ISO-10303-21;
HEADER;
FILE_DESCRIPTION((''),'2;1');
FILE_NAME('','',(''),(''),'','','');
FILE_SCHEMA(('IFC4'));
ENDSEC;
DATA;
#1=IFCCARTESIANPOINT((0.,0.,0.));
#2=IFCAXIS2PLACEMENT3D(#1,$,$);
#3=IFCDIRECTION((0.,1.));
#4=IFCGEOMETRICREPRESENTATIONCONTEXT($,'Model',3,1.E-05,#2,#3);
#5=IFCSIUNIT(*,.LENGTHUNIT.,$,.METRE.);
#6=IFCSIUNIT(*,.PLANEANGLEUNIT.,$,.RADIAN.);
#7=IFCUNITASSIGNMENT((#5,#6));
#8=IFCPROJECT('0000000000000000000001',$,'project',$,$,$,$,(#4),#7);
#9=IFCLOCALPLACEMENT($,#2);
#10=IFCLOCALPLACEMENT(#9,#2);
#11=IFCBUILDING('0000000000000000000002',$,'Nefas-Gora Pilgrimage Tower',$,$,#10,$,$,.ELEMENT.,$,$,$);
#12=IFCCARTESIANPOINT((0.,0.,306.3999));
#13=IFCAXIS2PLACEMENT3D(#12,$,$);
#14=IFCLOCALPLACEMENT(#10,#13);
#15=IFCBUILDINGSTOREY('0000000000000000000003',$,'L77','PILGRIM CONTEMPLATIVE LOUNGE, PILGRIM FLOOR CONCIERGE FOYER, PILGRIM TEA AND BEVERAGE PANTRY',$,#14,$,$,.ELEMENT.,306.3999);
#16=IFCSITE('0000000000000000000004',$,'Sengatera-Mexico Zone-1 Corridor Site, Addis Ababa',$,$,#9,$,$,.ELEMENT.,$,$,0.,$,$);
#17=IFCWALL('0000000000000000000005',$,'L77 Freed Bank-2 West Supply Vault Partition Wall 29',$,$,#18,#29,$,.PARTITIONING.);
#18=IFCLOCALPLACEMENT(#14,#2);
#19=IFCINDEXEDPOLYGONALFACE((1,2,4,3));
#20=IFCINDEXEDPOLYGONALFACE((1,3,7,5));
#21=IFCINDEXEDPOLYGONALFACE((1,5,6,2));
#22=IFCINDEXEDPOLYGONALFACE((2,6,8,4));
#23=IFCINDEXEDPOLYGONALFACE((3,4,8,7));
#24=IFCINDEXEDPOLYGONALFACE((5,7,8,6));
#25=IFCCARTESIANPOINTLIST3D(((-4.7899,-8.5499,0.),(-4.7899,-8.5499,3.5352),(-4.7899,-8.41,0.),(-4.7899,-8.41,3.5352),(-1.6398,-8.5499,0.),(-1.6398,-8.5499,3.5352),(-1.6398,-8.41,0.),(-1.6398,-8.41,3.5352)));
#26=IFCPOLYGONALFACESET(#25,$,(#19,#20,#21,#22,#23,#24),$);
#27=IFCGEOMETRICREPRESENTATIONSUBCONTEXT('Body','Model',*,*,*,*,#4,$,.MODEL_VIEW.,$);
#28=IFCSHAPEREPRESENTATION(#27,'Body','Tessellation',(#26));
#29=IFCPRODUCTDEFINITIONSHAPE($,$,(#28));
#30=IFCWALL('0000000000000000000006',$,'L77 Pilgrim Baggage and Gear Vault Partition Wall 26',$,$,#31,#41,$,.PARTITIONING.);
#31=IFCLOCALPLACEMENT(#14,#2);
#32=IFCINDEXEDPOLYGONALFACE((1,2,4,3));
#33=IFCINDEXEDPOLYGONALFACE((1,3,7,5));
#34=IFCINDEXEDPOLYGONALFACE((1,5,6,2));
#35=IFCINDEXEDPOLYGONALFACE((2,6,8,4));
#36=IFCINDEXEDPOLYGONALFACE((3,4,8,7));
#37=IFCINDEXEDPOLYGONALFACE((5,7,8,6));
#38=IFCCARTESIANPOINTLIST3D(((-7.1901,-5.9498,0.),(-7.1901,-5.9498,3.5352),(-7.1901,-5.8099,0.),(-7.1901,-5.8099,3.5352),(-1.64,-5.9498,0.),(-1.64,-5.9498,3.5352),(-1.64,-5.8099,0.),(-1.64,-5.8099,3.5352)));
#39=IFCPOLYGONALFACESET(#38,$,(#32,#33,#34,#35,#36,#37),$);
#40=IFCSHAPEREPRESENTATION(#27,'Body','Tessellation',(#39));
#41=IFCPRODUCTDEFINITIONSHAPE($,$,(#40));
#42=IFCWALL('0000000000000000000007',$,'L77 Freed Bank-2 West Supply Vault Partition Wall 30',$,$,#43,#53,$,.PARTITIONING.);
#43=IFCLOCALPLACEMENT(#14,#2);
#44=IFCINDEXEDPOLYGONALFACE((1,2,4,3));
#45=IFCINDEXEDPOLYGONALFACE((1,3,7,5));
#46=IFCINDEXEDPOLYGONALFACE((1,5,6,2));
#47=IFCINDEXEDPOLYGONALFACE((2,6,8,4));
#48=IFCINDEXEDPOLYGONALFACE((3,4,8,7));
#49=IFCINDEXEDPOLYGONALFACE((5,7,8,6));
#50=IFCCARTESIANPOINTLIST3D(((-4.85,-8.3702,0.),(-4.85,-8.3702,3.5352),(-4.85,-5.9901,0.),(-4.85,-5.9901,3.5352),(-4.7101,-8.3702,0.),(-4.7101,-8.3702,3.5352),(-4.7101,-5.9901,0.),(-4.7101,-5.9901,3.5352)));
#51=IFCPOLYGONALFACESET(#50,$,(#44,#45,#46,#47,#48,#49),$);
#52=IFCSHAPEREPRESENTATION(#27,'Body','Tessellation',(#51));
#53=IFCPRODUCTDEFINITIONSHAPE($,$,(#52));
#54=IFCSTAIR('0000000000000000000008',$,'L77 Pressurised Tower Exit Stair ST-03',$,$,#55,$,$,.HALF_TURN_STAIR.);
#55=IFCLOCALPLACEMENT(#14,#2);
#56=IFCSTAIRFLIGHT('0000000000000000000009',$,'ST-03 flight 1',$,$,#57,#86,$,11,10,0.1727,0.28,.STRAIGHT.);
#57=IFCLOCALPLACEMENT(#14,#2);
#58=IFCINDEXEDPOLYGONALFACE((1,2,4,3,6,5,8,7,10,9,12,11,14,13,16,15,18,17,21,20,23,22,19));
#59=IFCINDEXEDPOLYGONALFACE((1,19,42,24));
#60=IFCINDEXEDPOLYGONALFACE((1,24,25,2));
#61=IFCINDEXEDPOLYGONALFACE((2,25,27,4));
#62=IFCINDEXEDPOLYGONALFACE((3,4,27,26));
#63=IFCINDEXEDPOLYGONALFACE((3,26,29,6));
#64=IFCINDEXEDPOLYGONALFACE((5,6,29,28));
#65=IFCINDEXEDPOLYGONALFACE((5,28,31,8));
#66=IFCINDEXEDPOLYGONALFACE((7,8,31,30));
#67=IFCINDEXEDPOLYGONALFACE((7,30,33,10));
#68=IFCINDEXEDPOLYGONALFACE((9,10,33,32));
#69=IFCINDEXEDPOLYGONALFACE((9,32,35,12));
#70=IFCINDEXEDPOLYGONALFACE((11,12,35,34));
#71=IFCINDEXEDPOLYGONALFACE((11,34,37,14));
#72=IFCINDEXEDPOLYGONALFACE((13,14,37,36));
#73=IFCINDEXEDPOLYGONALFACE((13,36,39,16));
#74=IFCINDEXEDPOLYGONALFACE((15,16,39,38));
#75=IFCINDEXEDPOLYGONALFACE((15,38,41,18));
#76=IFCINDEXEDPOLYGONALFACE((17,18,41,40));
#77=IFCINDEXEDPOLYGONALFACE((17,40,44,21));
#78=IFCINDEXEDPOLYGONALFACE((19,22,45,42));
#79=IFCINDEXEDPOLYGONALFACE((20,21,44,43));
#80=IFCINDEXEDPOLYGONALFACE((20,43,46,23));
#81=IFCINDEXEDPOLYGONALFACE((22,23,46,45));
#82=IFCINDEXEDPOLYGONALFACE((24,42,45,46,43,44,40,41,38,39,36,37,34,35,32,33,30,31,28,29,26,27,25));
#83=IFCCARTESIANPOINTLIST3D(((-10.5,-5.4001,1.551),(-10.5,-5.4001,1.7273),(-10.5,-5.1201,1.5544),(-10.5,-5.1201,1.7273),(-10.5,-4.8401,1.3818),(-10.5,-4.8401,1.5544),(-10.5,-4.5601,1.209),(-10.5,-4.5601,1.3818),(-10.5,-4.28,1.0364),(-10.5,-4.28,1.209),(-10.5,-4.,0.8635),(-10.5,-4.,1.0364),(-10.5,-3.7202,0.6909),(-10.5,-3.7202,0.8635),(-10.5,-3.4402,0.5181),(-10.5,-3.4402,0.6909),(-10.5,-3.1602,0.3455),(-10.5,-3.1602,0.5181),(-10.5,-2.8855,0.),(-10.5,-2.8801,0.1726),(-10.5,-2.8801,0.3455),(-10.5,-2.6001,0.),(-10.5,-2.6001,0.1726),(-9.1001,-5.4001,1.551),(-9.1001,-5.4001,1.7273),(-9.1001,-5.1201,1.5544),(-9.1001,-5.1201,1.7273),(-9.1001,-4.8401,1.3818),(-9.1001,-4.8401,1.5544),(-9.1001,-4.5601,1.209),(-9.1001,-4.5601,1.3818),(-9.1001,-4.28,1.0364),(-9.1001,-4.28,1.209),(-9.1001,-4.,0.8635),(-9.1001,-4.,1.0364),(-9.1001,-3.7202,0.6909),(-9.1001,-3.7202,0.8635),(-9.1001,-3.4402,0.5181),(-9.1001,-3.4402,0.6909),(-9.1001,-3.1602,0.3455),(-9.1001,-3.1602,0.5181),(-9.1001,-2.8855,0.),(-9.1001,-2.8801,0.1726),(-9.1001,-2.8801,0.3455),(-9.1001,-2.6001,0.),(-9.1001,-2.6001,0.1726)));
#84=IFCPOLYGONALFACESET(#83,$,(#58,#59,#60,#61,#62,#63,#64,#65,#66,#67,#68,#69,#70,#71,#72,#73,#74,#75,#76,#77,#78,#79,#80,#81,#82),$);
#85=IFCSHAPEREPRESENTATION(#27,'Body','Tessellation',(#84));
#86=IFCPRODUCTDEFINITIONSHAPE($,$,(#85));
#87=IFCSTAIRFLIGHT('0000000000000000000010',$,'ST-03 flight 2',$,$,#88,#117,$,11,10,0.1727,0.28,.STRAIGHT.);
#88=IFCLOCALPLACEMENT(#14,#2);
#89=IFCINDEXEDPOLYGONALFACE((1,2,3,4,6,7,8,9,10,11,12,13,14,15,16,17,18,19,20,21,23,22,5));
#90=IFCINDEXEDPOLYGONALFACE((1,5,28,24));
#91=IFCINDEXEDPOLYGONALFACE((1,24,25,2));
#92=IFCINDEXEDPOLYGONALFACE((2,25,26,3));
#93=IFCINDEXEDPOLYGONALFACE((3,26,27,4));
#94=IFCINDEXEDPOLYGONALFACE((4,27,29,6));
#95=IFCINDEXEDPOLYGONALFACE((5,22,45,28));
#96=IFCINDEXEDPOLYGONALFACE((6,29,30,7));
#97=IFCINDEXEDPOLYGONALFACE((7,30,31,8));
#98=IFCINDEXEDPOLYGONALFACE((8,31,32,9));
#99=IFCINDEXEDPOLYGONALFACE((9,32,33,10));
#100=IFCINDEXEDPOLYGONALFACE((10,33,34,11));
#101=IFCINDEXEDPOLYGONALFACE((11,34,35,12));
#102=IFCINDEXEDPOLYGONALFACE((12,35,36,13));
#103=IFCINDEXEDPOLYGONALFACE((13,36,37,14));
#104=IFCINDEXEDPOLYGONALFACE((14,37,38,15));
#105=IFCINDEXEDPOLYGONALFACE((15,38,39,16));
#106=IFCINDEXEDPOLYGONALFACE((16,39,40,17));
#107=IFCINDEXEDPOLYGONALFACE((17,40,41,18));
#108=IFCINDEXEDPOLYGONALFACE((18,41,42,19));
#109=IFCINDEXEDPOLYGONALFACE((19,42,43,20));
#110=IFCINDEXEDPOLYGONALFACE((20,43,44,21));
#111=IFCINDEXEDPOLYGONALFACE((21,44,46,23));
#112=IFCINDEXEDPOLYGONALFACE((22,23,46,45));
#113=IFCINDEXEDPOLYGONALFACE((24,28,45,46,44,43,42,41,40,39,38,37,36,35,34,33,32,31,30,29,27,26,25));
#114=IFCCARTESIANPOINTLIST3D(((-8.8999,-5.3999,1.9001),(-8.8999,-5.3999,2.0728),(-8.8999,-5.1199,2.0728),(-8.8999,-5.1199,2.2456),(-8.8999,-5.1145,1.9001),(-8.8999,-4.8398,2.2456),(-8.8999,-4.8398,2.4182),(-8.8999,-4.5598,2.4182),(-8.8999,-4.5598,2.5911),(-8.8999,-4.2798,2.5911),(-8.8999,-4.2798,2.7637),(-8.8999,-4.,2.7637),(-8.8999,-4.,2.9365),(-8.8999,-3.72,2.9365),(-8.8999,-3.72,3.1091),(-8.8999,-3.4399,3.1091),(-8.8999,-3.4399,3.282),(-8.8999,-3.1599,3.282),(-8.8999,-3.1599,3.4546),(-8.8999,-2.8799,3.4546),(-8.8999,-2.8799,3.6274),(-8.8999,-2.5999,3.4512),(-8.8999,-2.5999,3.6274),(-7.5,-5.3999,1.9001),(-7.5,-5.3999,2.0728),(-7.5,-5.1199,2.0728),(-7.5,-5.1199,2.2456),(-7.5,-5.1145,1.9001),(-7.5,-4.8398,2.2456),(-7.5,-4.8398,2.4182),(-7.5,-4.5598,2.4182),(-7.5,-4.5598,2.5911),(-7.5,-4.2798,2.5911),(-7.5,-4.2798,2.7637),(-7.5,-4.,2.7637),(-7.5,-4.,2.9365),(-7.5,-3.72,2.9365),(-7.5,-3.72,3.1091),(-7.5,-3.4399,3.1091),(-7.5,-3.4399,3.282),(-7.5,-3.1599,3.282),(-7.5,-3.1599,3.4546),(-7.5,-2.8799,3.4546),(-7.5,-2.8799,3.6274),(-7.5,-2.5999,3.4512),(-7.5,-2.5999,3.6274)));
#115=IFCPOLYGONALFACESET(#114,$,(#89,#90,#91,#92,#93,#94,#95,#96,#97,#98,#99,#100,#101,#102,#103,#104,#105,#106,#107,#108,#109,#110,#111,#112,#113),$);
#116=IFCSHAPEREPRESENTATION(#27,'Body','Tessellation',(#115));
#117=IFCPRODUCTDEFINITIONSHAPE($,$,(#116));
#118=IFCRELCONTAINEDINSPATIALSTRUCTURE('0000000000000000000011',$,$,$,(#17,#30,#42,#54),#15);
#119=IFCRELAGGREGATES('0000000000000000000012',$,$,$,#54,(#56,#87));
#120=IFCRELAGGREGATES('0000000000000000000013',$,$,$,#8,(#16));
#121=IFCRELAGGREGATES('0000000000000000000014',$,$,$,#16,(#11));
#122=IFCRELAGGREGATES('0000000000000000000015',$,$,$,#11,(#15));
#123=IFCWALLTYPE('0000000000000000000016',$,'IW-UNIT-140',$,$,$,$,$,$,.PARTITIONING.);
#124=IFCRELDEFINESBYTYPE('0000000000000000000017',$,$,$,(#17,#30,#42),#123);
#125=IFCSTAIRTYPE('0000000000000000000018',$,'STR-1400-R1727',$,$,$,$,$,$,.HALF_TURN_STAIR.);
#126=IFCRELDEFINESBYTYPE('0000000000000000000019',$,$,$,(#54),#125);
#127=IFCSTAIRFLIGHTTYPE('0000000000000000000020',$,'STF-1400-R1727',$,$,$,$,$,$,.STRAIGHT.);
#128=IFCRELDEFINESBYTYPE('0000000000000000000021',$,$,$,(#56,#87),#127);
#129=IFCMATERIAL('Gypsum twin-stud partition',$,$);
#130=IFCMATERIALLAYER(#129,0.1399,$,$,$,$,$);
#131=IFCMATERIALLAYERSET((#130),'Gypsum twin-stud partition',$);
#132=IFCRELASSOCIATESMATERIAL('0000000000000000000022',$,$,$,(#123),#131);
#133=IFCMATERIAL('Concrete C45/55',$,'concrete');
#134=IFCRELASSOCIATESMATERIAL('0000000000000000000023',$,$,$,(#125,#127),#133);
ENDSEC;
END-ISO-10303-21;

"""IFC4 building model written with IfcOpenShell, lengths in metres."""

from ifc_helpers import new_model, si_unit, direction, frame, frame_2d, origin, place, context, subcontext, project, spatial, polyline, rectangle, outline, extrude, source, transform, mapped, material, layer, layer_set, type_object, element, aggregate, save


model = new_model("IFC4")

# Units and contexts
model_context = context("Model", 3, precision=1e-05, world=origin(), true_north=direction((0.0, 1.0)))
body_context = subcontext(model_context, "Body", "Model", "MODEL_VIEW")
ifc_project = project(units=[si_unit("LENGTHUNIT", "METRE"), si_unit("PLANEANGLEUNIT", "RADIAN")], contexts=[model_context])

# Site, building, storey
site_placement = place(None, origin())
site = spatial("IfcSite", under=ifc_project, at=site_placement, Name="Sengatera-Mexico Zone-1 Corridor Site, Addis Ababa", CompositionType="ELEMENT", RefElevation=0.0)
building_placement = place(site_placement, origin())
building = spatial("IfcBuilding", under=site, at=building_placement, Name="Nefas-Gora Pilgrimage Tower", CompositionType="ELEMENT")
storey_placement = place(building_placement, frame((0.0, 0.0, 306.3999)))
storey = spatial("IfcBuildingStorey", under=building, at=storey_placement, Name="L77", Description="PILGRIM CONTEMPLATIVE LOUNGE, PILGRIM FLOOR CONCIERGE FOYER, PILGRIM TEA AND BEVERAGE PANTRY", CompositionType="ELEMENT", Elevation=306.3999)

# Shared definitions
ifc_material_1 = material(Name="Concrete C45/55", Category="concrete")

# Walls
ifc_material_2 = material(Name="Gypsum twin-stud partition")
ifc_layer_1 = layer(ifc_material_2, 0.1399)
ifc_layer_set_1 = layer_set([ifc_layer_1], Name="Gypsum twin-stud partition")
wall_type_1 = type_object("IfcWallType", Name="IW-UNIT-140", PredefinedType="PARTITIONING", material=ifc_layer_set_1)
shared_shape_1 = source(origin(), body_context, "Body", "SweptSolid", [
    extrude(rectangle(XDim=3.1501, YDim=0.1399, at=frame_2d((1.5752, 0.0))), origin(), (0.0, 0.0, 1.0), 3.5352),
])
wall_1_placement = place(storey_placement, frame((-4.79, -8.48, 0.0), z_axis=(0.0, 0.0, 1.0), x_axis=(1.0, 0.0, 0.0)))
element("IfcWall", 1, at=wall_1_placement, inside=storey, type_object=wall_type_1, Name="L77 Freed Bank-2 West Supply Vault Partition Wall 29", PredefinedType="PARTITIONING", context=body_context, shape_type="MappedRepresentation", body=[
    mapped(shared_shape_1, transform((0.0, 0.0, 0.0), x_axis=(1.0, 0.0, 0.0), y_axis=(0.0, 1.0, 0.0), z_axis=(0.0, 0.0, 1.0), scale=1.0)),
])
shared_shape_2 = source(origin(), body_context, "Body", "SweptSolid", [
    extrude(rectangle(XDim=5.55, YDim=0.1399, at=frame_2d((2.7749, 0.0))), origin(), (0.0, 0.0, 1.0), 3.5352),
])
wall_2_placement = place(storey_placement, frame((-7.1899, -5.8799, 0.0), z_axis=(0.0, 0.0, 1.0), x_axis=(1.0, 0.0, 0.0)))
element("IfcWall", 2, at=wall_2_placement, inside=storey, type_object=wall_type_1, Name="L77 Pilgrim Baggage and Gear Vault Partition Wall 26", PredefinedType="PARTITIONING", context=body_context, shape_type="MappedRepresentation", body=[
    mapped(shared_shape_2, transform((0.0, 0.0, 0.0), x_axis=(1.0, 0.0, 0.0), y_axis=(0.0, 1.0, 0.0), z_axis=(0.0, 0.0, 1.0), scale=1.0)),
])
shared_shape_3 = source(origin(), body_context, "Body", "SweptSolid", [
    extrude(rectangle(XDim=2.3801, YDim=0.1399, at=frame_2d((1.1899, 0.0))), origin(), (0.0, 0.0, 1.0), 3.5352),
])
wall_3_placement = place(storey_placement, frame((-4.78, -8.3701, 0.0), z_axis=(0.0, 0.0, 1.0), x_axis=(0.0, 1.0, 0.0)))
element("IfcWall", 3, at=wall_3_placement, inside=storey, type_object=wall_type_1, Name="L77 Freed Bank-2 West Supply Vault Partition Wall 30", PredefinedType="PARTITIONING", context=body_context, shape_type="MappedRepresentation", body=[
    mapped(shared_shape_3, transform((0.0, 0.0, 0.0), x_axis=(1.0, 0.0, 0.0), y_axis=(0.0, 1.0, 0.0), z_axis=(0.0, 0.0, 1.0), scale=1.0)),
])

# Stair, stair flights
stair_type = type_object("IfcStairType", Name="STR-1400-R1727", PredefinedType="HALF_TURN_STAIR", material=ifc_material_1)
stair_placement = place(storey_placement, origin())
stair = element("IfcStair", 4, at=stair_placement, inside=storey, type_object=stair_type, Name="L77 Pressurised Tower Exit Stair ST-03", PredefinedType="HALF_TURN_STAIR")
stair_flight_type = type_object("IfcStairFlightType", Name="STF-1400-R1727", PredefinedType="STRAIGHT", material=ifc_material_1)
shared_shape_4 = source(origin(), body_context, "Body", "SweptSolid", [
    extrude(outline(polyline([(0.0, 0.0), (0.0, 0.1726), (0.28, 0.1726), (0.28, 0.3455), (0.5601, 0.3455), (0.5601, 0.5181), (0.8401, 0.5181), (0.8401, 0.6909), (1.1201, 0.6909), (1.1201, 0.8635), (1.3999, 0.8635), (1.3999, 1.0364), (1.6799, 1.0364), (1.6799, 1.209), (1.96, 1.209), (1.96, 1.3818), (2.24, 1.3818), (2.24, 1.5544), (2.52, 1.5544), (2.52, 1.7273), (2.8, 1.7273), (2.8, 1.8999), (2.8, 1.551), (0.2854, 0.0), (0.0, 0.0)])), frame((0.0, 0.7, 0.0), z_axis=(0.0, -1.0, 0.0), x_axis=(1.0, 0.0, 0.0)), (0.0, 0.0, 1.0), 1.3999),
])
stair_flight_1_placement = place(storey_placement, frame((-9.8, -2.6001, 0.0), z_axis=(0.0, 0.0, 1.0), x_axis=(0.0, -1.0, 0.0)))
stair_flight_1 = element("IfcStairFlight", 5, at=stair_flight_1_placement, type_object=stair_flight_type, Name="ST-03 flight 1", NumberOfRisers=11, NumberOfTreads=10, PredefinedType="STRAIGHT", RiserHeight=0.1727, TreadLength=0.28, context=body_context, shape_type="MappedRepresentation", body=[
    mapped(shared_shape_4, transform((0.0, 0.0, 0.0), x_axis=(1.0, 0.0, 0.0), y_axis=(0.0, 1.0, 0.0), z_axis=(0.0, 0.0, 1.0), scale=1.0)),
])
stair_flight_2_placement = place(storey_placement, frame((-8.2, -5.3999, 1.9001), z_axis=(0.0, 0.0, 1.0), x_axis=(0.0, 1.0, 0.0)))
stair_flight_2 = element("IfcStairFlight", 6, at=stair_flight_2_placement, type_object=stair_flight_type, Name="ST-03 flight 2", NumberOfRisers=11, NumberOfTreads=10, PredefinedType="STRAIGHT", RiserHeight=0.1727, TreadLength=0.28, context=body_context, shape_type="MappedRepresentation", body=[
    mapped(shared_shape_4, transform((0.0, 0.0, 0.0), x_axis=(1.0, 0.0, 0.0), y_axis=(0.0, 1.0, 0.0), z_axis=(0.0, 0.0, 1.0), scale=1.0)),
])
aggregate(stair, [stair_flight_1, stair_flight_2])

save(model, "model.ifc")
